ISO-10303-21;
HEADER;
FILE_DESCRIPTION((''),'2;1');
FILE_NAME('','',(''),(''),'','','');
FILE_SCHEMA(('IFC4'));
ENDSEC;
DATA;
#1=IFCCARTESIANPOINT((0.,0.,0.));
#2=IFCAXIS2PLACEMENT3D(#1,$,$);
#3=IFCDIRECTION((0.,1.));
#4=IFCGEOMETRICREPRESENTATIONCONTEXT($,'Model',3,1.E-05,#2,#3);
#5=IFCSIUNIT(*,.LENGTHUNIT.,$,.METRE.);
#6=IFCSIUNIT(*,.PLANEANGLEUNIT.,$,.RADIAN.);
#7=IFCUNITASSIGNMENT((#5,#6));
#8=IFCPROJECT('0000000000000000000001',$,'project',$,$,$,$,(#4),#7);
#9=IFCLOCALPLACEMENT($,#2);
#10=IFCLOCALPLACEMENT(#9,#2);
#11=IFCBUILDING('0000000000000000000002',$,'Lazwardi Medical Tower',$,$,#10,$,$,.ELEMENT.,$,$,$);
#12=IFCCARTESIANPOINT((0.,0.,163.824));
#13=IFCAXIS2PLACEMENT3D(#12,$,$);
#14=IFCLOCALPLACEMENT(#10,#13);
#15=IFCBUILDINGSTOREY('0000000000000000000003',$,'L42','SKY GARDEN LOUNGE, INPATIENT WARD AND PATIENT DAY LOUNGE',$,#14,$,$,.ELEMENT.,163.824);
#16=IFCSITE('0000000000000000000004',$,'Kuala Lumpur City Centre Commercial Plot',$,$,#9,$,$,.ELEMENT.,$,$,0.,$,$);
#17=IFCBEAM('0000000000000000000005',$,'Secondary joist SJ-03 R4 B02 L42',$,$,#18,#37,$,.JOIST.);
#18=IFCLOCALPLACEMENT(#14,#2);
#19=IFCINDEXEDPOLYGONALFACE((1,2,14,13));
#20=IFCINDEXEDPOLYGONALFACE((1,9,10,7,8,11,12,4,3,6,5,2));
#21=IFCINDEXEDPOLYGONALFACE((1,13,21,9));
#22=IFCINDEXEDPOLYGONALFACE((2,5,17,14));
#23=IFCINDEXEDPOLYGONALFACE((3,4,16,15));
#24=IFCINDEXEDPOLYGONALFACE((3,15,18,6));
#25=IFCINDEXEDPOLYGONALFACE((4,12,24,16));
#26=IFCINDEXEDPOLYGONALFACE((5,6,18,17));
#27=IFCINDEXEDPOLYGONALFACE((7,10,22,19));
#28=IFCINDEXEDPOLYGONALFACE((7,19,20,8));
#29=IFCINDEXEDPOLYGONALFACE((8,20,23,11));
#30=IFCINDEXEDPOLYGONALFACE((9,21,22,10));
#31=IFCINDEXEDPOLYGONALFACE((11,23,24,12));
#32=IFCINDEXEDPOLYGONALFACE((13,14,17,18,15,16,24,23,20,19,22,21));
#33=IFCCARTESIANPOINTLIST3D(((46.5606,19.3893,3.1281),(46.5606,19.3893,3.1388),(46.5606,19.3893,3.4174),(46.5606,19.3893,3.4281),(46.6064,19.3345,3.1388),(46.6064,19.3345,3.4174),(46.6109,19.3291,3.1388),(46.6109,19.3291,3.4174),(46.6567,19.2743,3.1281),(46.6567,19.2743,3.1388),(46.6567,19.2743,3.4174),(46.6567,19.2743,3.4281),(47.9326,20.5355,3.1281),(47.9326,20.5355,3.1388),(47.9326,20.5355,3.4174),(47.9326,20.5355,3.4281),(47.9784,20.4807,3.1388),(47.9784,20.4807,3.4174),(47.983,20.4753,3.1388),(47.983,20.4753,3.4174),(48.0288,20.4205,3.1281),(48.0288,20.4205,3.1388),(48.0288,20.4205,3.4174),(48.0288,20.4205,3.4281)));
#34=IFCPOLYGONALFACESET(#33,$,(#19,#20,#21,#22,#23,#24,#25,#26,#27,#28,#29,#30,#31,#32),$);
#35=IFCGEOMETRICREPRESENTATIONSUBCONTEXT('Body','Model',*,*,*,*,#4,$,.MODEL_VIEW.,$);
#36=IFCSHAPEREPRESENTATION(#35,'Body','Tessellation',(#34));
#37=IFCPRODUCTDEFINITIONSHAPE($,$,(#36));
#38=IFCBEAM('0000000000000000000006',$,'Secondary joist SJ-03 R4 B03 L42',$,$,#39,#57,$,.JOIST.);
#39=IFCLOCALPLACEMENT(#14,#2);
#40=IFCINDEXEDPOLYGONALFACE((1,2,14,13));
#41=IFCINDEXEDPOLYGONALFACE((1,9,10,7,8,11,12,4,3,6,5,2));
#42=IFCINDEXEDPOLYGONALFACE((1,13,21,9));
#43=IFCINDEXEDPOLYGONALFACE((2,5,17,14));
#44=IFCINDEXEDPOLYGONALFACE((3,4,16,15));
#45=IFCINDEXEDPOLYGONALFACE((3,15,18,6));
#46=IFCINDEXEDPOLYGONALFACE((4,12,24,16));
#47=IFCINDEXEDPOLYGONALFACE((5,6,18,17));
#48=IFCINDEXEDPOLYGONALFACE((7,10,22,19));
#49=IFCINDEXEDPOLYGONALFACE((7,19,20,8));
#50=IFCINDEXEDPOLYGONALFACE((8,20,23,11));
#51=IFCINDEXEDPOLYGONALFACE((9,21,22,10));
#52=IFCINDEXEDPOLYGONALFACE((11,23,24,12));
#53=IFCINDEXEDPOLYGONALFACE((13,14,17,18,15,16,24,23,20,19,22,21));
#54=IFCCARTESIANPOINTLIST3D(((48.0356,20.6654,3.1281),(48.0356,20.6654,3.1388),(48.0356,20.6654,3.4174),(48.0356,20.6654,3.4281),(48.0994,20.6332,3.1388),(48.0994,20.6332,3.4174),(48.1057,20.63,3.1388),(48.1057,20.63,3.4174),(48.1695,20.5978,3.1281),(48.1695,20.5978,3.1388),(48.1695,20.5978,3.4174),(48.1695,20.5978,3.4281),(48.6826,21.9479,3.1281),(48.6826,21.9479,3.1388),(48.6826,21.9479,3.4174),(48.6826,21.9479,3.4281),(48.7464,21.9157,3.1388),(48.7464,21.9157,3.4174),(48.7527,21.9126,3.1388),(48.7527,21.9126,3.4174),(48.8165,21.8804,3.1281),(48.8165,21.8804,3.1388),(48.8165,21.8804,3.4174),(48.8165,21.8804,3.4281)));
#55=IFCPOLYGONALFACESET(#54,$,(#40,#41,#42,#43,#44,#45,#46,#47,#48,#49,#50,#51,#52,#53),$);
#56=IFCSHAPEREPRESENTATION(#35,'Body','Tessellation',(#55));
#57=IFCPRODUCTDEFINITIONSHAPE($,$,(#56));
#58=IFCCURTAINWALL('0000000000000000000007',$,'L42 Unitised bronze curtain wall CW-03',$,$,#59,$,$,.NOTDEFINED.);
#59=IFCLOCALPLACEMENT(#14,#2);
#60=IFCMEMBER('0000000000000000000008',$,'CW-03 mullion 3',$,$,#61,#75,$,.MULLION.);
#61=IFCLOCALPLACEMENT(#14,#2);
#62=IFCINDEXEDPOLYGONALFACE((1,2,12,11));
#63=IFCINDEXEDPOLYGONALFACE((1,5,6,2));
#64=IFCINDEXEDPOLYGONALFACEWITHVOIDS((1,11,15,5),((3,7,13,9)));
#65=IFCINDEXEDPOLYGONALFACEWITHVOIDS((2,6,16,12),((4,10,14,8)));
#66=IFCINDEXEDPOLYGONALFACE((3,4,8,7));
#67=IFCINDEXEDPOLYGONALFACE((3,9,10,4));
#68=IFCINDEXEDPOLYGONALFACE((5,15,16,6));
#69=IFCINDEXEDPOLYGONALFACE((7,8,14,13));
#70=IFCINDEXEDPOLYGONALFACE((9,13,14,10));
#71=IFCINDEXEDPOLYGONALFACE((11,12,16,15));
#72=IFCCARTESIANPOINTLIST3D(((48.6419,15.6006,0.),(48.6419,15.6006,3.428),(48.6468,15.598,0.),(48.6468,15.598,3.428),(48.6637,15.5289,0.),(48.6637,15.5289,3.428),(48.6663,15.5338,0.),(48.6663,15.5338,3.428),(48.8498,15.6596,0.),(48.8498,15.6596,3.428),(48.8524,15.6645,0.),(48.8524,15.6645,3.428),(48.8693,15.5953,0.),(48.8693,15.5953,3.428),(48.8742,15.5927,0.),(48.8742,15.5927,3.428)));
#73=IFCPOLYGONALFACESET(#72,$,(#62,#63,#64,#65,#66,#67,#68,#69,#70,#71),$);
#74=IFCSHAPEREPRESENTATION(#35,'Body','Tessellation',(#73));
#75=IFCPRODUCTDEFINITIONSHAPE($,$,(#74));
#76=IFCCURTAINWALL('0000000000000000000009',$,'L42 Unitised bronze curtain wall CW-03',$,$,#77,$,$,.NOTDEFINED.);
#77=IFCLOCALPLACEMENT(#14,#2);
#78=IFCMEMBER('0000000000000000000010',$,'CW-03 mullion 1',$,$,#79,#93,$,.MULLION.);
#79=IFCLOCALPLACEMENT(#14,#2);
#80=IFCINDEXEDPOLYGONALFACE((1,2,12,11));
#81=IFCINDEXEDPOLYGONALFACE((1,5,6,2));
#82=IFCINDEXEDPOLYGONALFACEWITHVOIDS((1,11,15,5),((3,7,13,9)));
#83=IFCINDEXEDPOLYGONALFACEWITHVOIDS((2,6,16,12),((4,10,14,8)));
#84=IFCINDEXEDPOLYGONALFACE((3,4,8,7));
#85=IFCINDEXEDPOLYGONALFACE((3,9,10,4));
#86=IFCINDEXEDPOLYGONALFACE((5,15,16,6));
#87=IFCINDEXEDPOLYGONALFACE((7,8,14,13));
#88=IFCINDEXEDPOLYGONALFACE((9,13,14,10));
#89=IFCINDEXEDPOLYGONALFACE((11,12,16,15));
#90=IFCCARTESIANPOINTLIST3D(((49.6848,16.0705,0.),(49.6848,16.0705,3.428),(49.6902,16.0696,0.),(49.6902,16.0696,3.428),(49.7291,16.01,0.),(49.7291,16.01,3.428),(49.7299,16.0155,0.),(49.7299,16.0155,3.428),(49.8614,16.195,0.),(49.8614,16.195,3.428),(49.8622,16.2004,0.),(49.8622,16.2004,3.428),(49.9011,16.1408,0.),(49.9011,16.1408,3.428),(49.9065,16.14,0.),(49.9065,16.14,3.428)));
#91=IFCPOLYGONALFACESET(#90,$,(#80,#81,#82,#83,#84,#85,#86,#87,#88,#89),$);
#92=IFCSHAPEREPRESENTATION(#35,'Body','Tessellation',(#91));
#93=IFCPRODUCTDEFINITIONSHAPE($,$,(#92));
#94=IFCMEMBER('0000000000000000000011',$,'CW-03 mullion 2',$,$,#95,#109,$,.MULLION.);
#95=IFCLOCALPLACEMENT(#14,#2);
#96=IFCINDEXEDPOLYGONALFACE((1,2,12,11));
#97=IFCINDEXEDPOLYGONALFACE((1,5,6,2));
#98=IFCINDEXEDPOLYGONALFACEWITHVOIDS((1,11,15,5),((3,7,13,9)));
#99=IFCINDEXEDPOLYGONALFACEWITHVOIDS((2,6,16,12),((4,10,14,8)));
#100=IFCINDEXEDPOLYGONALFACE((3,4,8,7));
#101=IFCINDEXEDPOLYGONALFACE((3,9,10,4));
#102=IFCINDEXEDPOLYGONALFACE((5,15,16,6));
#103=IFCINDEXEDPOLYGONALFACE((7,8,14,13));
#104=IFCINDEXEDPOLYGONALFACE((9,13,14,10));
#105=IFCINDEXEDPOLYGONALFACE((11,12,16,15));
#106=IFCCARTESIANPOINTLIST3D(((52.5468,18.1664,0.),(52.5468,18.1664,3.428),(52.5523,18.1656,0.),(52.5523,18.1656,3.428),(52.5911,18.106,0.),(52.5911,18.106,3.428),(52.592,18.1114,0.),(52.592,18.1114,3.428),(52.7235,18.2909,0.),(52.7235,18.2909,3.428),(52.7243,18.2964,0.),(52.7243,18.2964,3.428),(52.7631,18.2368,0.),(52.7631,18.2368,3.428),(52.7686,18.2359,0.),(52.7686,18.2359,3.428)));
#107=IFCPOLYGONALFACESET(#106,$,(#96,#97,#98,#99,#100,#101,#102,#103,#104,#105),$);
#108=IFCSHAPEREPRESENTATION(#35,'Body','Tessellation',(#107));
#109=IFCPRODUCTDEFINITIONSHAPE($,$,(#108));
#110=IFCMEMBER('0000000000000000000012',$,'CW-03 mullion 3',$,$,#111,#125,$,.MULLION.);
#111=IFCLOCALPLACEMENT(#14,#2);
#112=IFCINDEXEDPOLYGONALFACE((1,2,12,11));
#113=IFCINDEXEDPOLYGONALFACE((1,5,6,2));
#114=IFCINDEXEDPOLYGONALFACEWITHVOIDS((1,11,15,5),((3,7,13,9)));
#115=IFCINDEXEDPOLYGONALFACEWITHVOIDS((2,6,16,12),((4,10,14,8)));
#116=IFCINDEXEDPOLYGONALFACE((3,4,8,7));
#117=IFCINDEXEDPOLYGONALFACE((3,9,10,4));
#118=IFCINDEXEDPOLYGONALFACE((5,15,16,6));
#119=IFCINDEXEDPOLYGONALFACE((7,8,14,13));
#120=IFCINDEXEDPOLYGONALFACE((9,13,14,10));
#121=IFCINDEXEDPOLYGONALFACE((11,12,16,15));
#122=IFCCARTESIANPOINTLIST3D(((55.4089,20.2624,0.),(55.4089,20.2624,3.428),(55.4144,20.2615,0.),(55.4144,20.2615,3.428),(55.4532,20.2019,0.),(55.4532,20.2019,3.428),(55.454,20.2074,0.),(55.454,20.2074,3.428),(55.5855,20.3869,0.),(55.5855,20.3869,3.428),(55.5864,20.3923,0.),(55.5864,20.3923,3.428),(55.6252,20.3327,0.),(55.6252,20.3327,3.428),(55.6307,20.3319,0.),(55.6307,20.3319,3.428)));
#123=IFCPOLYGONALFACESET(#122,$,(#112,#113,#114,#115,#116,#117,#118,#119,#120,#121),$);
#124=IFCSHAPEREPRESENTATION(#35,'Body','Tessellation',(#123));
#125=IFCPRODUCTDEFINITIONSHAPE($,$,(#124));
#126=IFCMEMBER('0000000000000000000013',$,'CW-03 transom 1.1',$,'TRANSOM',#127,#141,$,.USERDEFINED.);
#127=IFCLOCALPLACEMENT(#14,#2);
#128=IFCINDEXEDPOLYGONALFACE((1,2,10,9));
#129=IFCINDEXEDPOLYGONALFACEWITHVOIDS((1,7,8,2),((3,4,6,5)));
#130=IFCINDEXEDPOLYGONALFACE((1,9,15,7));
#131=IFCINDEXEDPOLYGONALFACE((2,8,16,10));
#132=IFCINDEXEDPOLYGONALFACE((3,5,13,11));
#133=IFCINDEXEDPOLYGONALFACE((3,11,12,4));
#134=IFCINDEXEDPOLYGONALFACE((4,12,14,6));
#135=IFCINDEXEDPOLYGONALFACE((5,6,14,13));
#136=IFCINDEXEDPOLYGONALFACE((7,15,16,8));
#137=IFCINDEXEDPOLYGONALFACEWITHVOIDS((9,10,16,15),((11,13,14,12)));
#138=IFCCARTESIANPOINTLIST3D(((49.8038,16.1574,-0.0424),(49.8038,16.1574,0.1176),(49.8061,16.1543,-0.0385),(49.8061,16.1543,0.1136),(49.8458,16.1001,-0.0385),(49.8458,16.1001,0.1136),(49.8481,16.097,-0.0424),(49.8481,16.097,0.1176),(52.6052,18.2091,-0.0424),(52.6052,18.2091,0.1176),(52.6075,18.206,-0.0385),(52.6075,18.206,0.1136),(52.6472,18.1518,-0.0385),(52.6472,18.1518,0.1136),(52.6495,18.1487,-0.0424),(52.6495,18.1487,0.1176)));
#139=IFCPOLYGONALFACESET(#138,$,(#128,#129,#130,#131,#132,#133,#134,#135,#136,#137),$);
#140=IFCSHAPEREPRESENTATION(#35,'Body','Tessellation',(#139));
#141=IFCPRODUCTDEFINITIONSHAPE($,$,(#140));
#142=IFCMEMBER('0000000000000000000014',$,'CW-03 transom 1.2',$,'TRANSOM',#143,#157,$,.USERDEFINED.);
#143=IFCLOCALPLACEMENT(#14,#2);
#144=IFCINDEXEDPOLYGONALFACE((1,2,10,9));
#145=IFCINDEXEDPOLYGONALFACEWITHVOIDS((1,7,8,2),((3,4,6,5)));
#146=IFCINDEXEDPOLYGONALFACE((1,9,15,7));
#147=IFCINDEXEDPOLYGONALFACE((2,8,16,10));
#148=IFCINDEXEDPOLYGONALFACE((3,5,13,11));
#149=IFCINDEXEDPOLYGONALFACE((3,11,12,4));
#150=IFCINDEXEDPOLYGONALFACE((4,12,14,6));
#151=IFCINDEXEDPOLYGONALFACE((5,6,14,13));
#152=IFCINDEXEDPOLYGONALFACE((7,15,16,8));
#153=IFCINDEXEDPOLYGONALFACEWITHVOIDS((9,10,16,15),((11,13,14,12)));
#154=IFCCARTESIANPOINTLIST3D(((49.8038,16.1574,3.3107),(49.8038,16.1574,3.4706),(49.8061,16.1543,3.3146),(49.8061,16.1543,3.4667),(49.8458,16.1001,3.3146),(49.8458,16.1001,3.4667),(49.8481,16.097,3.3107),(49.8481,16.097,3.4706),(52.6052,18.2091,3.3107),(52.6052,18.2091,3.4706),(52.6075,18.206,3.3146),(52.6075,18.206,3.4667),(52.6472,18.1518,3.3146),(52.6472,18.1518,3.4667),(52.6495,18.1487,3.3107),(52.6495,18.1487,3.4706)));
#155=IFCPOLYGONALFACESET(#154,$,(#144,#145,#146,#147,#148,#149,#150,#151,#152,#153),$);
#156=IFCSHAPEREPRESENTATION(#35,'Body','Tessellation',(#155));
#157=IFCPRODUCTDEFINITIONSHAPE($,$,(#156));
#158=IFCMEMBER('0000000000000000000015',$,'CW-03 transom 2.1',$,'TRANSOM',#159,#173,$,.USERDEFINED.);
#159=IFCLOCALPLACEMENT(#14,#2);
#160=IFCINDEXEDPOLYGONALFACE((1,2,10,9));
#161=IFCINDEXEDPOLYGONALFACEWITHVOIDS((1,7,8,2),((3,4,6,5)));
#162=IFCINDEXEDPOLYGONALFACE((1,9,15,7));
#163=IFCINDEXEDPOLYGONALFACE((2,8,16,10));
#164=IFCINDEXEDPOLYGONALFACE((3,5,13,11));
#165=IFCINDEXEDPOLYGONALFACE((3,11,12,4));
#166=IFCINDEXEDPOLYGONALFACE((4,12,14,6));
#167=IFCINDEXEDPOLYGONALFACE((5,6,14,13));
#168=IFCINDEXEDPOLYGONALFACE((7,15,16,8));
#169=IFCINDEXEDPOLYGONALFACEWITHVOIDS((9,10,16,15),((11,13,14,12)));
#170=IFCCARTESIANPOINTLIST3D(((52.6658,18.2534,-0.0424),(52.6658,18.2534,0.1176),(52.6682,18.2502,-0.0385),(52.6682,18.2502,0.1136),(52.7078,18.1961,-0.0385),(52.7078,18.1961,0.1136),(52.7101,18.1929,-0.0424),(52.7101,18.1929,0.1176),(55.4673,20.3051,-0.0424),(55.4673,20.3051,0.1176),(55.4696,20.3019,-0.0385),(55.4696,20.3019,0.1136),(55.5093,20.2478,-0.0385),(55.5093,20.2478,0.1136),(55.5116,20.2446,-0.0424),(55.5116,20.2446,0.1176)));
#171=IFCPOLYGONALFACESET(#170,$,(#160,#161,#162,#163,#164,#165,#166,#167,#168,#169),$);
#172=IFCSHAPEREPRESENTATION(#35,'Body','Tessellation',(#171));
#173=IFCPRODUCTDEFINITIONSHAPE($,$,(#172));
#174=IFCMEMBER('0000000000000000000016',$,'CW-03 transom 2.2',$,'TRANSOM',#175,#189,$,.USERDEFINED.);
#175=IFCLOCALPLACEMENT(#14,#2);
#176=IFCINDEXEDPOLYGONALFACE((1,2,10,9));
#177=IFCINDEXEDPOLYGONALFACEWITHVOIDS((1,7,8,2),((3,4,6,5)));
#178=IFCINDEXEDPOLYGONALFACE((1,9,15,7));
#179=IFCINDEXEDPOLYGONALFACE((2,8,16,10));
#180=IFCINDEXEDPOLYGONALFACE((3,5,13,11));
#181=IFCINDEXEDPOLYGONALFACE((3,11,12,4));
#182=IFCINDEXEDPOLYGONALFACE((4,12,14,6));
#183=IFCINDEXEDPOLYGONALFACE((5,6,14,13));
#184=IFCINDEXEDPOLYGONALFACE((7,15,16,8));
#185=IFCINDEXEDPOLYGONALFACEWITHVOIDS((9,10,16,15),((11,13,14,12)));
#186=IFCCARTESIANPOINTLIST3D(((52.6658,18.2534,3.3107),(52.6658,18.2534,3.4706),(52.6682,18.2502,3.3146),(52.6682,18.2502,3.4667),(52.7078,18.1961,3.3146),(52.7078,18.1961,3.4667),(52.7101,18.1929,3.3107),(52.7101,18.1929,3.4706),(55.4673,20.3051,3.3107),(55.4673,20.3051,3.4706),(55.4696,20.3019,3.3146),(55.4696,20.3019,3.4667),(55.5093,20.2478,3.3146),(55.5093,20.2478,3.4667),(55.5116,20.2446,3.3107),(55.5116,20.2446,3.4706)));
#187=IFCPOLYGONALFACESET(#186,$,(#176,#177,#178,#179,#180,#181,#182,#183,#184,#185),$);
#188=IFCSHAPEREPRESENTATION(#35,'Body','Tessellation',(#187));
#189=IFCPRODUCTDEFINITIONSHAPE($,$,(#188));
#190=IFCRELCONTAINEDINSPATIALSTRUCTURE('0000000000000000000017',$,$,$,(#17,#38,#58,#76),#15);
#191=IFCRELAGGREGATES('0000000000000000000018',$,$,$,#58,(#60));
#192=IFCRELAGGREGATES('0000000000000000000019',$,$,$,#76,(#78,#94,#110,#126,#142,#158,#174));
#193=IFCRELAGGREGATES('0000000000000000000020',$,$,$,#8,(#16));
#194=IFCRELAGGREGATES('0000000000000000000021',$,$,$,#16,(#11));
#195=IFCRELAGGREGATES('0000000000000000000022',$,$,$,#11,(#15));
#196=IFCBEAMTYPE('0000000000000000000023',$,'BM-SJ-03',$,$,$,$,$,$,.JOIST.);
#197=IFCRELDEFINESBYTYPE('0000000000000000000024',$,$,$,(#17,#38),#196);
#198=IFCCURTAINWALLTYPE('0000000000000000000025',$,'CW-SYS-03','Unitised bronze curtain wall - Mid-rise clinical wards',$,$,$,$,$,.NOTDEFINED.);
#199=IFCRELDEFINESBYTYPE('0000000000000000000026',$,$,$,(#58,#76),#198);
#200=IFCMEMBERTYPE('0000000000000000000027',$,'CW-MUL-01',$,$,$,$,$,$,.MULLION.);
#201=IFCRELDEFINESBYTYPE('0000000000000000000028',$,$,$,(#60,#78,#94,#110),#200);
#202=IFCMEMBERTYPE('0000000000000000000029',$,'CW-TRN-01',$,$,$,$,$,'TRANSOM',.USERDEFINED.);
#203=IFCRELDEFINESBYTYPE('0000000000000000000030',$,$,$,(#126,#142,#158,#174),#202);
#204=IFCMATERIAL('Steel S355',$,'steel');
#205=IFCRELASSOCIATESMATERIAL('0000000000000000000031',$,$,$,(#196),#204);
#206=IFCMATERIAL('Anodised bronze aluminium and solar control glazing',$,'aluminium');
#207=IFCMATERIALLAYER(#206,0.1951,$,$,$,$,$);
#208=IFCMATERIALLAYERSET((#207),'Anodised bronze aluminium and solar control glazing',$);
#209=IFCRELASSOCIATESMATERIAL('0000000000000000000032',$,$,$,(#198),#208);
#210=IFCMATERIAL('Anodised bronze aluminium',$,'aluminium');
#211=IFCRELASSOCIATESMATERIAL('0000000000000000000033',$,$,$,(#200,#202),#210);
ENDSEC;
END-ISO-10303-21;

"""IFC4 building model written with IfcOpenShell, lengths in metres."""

from ifc_helpers import new_model, si_unit, direction, frame, origin, origin_2d, place, context, subcontext, project, spatial, hollow_rectangle, i_section, extrude, material, layer, layer_set, material_profile, profile_set, type_object, element, aggregate, save


model = new_model("IFC4")

# Units and contexts
model_context = context("Model", 3, precision=1e-05, world=origin(), true_north=direction((0.0, 1.0)))
body_context = subcontext(model_context, "Body", "Model", "MODEL_VIEW")
ifc_project = project(units=[si_unit("LENGTHUNIT", "METRE"), si_unit("PLANEANGLEUNIT", "RADIAN")], contexts=[model_context])

# Site, building, storey
site_placement = place(None, origin())
site = spatial("IfcSite", under=ifc_project, at=site_placement, Name="Kuala Lumpur City Centre Commercial Plot", CompositionType="ELEMENT", RefElevation=0.0)
building_placement = place(site_placement, origin())
building = spatial("IfcBuilding", under=site, at=building_placement, Name="Lazwardi Medical Tower", CompositionType="ELEMENT")
storey_placement = place(building_placement, frame((0.0, 0.0, 163.824)))
storey = spatial("IfcBuildingStorey", under=building, at=storey_placement, Name="L42", Description="SKY GARDEN LOUNGE, INPATIENT WARD AND PATIENT DAY LOUNGE", CompositionType="ELEMENT", Elevation=163.824)

# Beams
ifc_material_1 = material(Name="Steel S355", Category="steel")
ifc_material_profile_1 = material_profile(ifc_material_1, i_section(OverallWidth=0.1499, OverallDepth=0.3, WebThickness=0.0071, FlangeThickness=0.0107, at=origin_2d()), Name="IPE 300")
ifc_profile_set_1 = profile_set([ifc_material_profile_1], Name="Steel S355")
beam_type_1 = type_object("IfcBeamType", Name="BM-SJ-03", PredefinedType="JOIST", material=ifc_profile_set_1)
beam_1_placement = place(storey_placement, frame((46.6086, 19.3318, 3.2781), z_axis=(0.767437, 0.641124, 0.0), x_axis=(-0.641124, 0.767437, 0.0)))
element("IfcBeam", 1, at=beam_1_placement, inside=storey, type_object=beam_type_1, Name="Secondary joist SJ-03 R4 B02 L42", PredefinedType="JOIST", context=body_context, shape_type="SweptSolid", body=[
    extrude(i_section(OverallWidth=0.1499, OverallDepth=0.3, WebThickness=0.0071, FlangeThickness=0.0107, at=origin_2d()), origin(), (0.0, 0.0, 1.0), 1.7878),
])
beam_2_placement = place(storey_placement, frame((48.1025, 20.6316, 3.2781), z_axis=(0.450406, 0.892824, 0.0), x_axis=(-0.892824, 0.450406, 0.0)))
element("IfcBeam", 2, at=beam_2_placement, inside=storey, type_object=beam_type_1, Name="Secondary joist SJ-03 R4 B03 L42", PredefinedType="JOIST", context=body_context, shape_type="SweptSolid", body=[
    extrude(i_section(OverallWidth=0.1499, OverallDepth=0.3, WebThickness=0.0071, FlangeThickness=0.0107, at=origin_2d()), origin(), (0.0, 0.0, 1.0), 1.4365),
])

# Curtain wall, member
ifc_material_2 = material(Name="Anodised bronze aluminium and solar control glazing", Category="aluminium")
ifc_layer_1 = layer(ifc_material_2, 0.1951)
ifc_layer_set_1 = layer_set([ifc_layer_1], Name="Anodised bronze aluminium and solar control glazing")
curtain_wall_type = type_object("IfcCurtainWallType", Name="CW-SYS-03", Description="Unitised bronze curtain wall - Mid-rise clinical wards", PredefinedType="NOTDEFINED", material=ifc_layer_set_1)
curtain_wall_1_placement = place(storey_placement, origin())
curtain_wall_1 = element("IfcCurtainWall", 3, at=curtain_wall_1_placement, inside=storey, type_object=curtain_wall_type, Name="L42 Unitised bronze curtain wall CW-03", PredefinedType="NOTDEFINED")
ifc_material_3 = material(Name="Anodised bronze aluminium", Category="aluminium")
ifc_material_profile_2 = material_profile(ifc_material_3, hollow_rectangle(XDim=0.075, YDim=0.22, WallThickness=0.0039, at=origin_2d()), Name="ALU-MULLION 220x75x4")
ifc_profile_set_2 = profile_set([ifc_material_profile_2], Name="Anodised bronze aluminium")
member_type_1 = type_object("IfcMemberType", Name="CW-MUL-01", PredefinedType="MULLION", material=ifc_profile_set_2)
member_1_placement = place(storey_placement, frame((48.7581, 15.5967, 0.0), z_axis=(0.0, 0.0, 1.0), x_axis=(-0.290281, 0.956942, 0.0)))
member_1 = element("IfcMember", 4, at=member_1_placement, type_object=member_type_1, Name="CW-03 mullion 3", PredefinedType="MULLION", context=body_context, shape_type="SweptSolid", body=[
    extrude(hollow_rectangle(XDim=0.075, YDim=0.22, WallThickness=0.0039, at=origin_2d()), origin(), (0.0, 0.0, 1.0), 3.428),
])

# Curtain wall, members
curtain_wall_2_placement = place(storey_placement, origin())
curtain_wall_2 = element("IfcCurtainWall", 5, at=curtain_wall_2_placement, inside=storey, type_object=curtain_wall_type, Name="L42 Unitised bronze curtain wall CW-03", PredefinedType="NOTDEFINED")
member_2_placement = place(storey_placement, frame((49.7957, 16.1052, 0.0), z_axis=(0.0, 0.0, 1.0), x_axis=(-0.590834, 0.806793, 0.0)))
member_2 = element("IfcMember", 6, at=member_2_placement, type_object=member_type_1, Name="CW-03 mullion 1", PredefinedType="MULLION", context=body_context, shape_type="SweptSolid", body=[
    extrude(hollow_rectangle(XDim=0.075, YDim=0.22, WallThickness=0.0039, at=origin_2d()), origin(), (0.0, 0.0, 1.0), 3.428),
])
member_3_placement = place(storey_placement, frame((52.6577, 18.2012, 0.0), z_axis=(0.0, 0.0, 1.0), x_axis=(-0.590834, 0.806793, 0.0)))
member_3 = element("IfcMember", 7, at=member_3_placement, type_object=member_type_1, Name="CW-03 mullion 2", PredefinedType="MULLION", context=body_context, shape_type="SweptSolid", body=[
    extrude(hollow_rectangle(XDim=0.075, YDim=0.22, WallThickness=0.0039, at=origin_2d()), origin(), (0.0, 0.0, 1.0), 3.428),
])
member_4_placement = place(storey_placement, frame((55.5198, 20.2971, 0.0), z_axis=(0.0, 0.0, 1.0), x_axis=(-0.590834, 0.806793, 0.0)))
member_4 = element("IfcMember", 8, at=member_4_placement, type_object=member_type_1, Name="CW-03 mullion 3", PredefinedType="MULLION", context=body_context, shape_type="SweptSolid", body=[
    extrude(hollow_rectangle(XDim=0.075, YDim=0.22, WallThickness=0.0039, at=origin_2d()), origin(), (0.0, 0.0, 1.0), 3.428),
])
ifc_material_profile_3 = material_profile(ifc_material_3, hollow_rectangle(XDim=0.075, YDim=0.1599, WallThickness=0.0039, at=origin_2d()), Name="ALU-TRANSOM 160x75x4")
ifc_profile_set_3 = profile_set([ifc_material_profile_3], Name="Anodised bronze aluminium")
member_type_2 = type_object("IfcMemberType", Name="CW-TRN-01", ElementType="TRANSOM", PredefinedType="USERDEFINED", material=ifc_profile_set_3)
member_5_placement = place(storey_placement, frame((49.8259, 16.1272, 0.0376), z_axis=(0.806774, 0.590861, 0.0), x_axis=(-0.590861, 0.806774, 0.0)))
member_5 = element("IfcMember", 9, at=member_5_placement, type_object=member_type_2, Name="CW-03 transom 1.1", ObjectType="TRANSOM", PredefinedType="USERDEFINED", context=body_context, shape_type="SweptSolid", body=[
    extrude(hollow_rectangle(XDim=0.075, YDim=0.1599, WallThickness=0.0039, at=origin_2d()), origin(), (0.0, 0.0, 1.0), 3.4724),
])
member_6_placement = place(storey_placement, frame((49.8259, 16.1272, 3.3906), z_axis=(0.806774, 0.590861, 0.0), x_axis=(-0.590861, 0.806774, 0.0)))
member_6 = element("IfcMember", 10, at=member_6_placement, type_object=member_type_2, Name="CW-03 transom 1.2", ObjectType="TRANSOM", PredefinedType="USERDEFINED", context=body_context, shape_type="SweptSolid", body=[
    extrude(hollow_rectangle(XDim=0.075, YDim=0.1599, WallThickness=0.0039, at=origin_2d()), origin(), (0.0, 0.0, 1.0), 3.4724),
])
member_7_placement = place(storey_placement, frame((52.688, 18.2231, 0.0376), z_axis=(0.806774, 0.590861, 0.0), x_axis=(-0.590861, 0.806774, 0.0)))
member_7 = element("IfcMember", 11, at=member_7_placement, type_object=member_type_2, Name="CW-03 transom 2.1", ObjectType="TRANSOM", PredefinedType="USERDEFINED", context=body_context, shape_type="SweptSolid", body=[
    extrude(hollow_rectangle(XDim=0.075, YDim=0.1599, WallThickness=0.0039, at=origin_2d()), origin(), (0.0, 0.0, 1.0), 3.4724),
])
member_8_placement = place(storey_placement, frame((52.688, 18.2231, 3.3906), z_axis=(0.806774, 0.590861, 0.0), x_axis=(-0.590861, 0.806774, 0.0)))
member_8 = element("IfcMember", 12, at=member_8_placement, type_object=member_type_2, Name="CW-03 transom 2.2", ObjectType="TRANSOM", PredefinedType="USERDEFINED", context=body_context, shape_type="SweptSolid", body=[
    extrude(hollow_rectangle(XDim=0.075, YDim=0.1599, WallThickness=0.0039, at=origin_2d()), origin(), (0.0, 0.0, 1.0), 3.4724),
])

aggregate(curtain_wall_1, [member_1])
aggregate(curtain_wall_2, [member_2, member_3, member_4, member_5, member_6, member_7, member_8])

save(model, "model.ifc")
